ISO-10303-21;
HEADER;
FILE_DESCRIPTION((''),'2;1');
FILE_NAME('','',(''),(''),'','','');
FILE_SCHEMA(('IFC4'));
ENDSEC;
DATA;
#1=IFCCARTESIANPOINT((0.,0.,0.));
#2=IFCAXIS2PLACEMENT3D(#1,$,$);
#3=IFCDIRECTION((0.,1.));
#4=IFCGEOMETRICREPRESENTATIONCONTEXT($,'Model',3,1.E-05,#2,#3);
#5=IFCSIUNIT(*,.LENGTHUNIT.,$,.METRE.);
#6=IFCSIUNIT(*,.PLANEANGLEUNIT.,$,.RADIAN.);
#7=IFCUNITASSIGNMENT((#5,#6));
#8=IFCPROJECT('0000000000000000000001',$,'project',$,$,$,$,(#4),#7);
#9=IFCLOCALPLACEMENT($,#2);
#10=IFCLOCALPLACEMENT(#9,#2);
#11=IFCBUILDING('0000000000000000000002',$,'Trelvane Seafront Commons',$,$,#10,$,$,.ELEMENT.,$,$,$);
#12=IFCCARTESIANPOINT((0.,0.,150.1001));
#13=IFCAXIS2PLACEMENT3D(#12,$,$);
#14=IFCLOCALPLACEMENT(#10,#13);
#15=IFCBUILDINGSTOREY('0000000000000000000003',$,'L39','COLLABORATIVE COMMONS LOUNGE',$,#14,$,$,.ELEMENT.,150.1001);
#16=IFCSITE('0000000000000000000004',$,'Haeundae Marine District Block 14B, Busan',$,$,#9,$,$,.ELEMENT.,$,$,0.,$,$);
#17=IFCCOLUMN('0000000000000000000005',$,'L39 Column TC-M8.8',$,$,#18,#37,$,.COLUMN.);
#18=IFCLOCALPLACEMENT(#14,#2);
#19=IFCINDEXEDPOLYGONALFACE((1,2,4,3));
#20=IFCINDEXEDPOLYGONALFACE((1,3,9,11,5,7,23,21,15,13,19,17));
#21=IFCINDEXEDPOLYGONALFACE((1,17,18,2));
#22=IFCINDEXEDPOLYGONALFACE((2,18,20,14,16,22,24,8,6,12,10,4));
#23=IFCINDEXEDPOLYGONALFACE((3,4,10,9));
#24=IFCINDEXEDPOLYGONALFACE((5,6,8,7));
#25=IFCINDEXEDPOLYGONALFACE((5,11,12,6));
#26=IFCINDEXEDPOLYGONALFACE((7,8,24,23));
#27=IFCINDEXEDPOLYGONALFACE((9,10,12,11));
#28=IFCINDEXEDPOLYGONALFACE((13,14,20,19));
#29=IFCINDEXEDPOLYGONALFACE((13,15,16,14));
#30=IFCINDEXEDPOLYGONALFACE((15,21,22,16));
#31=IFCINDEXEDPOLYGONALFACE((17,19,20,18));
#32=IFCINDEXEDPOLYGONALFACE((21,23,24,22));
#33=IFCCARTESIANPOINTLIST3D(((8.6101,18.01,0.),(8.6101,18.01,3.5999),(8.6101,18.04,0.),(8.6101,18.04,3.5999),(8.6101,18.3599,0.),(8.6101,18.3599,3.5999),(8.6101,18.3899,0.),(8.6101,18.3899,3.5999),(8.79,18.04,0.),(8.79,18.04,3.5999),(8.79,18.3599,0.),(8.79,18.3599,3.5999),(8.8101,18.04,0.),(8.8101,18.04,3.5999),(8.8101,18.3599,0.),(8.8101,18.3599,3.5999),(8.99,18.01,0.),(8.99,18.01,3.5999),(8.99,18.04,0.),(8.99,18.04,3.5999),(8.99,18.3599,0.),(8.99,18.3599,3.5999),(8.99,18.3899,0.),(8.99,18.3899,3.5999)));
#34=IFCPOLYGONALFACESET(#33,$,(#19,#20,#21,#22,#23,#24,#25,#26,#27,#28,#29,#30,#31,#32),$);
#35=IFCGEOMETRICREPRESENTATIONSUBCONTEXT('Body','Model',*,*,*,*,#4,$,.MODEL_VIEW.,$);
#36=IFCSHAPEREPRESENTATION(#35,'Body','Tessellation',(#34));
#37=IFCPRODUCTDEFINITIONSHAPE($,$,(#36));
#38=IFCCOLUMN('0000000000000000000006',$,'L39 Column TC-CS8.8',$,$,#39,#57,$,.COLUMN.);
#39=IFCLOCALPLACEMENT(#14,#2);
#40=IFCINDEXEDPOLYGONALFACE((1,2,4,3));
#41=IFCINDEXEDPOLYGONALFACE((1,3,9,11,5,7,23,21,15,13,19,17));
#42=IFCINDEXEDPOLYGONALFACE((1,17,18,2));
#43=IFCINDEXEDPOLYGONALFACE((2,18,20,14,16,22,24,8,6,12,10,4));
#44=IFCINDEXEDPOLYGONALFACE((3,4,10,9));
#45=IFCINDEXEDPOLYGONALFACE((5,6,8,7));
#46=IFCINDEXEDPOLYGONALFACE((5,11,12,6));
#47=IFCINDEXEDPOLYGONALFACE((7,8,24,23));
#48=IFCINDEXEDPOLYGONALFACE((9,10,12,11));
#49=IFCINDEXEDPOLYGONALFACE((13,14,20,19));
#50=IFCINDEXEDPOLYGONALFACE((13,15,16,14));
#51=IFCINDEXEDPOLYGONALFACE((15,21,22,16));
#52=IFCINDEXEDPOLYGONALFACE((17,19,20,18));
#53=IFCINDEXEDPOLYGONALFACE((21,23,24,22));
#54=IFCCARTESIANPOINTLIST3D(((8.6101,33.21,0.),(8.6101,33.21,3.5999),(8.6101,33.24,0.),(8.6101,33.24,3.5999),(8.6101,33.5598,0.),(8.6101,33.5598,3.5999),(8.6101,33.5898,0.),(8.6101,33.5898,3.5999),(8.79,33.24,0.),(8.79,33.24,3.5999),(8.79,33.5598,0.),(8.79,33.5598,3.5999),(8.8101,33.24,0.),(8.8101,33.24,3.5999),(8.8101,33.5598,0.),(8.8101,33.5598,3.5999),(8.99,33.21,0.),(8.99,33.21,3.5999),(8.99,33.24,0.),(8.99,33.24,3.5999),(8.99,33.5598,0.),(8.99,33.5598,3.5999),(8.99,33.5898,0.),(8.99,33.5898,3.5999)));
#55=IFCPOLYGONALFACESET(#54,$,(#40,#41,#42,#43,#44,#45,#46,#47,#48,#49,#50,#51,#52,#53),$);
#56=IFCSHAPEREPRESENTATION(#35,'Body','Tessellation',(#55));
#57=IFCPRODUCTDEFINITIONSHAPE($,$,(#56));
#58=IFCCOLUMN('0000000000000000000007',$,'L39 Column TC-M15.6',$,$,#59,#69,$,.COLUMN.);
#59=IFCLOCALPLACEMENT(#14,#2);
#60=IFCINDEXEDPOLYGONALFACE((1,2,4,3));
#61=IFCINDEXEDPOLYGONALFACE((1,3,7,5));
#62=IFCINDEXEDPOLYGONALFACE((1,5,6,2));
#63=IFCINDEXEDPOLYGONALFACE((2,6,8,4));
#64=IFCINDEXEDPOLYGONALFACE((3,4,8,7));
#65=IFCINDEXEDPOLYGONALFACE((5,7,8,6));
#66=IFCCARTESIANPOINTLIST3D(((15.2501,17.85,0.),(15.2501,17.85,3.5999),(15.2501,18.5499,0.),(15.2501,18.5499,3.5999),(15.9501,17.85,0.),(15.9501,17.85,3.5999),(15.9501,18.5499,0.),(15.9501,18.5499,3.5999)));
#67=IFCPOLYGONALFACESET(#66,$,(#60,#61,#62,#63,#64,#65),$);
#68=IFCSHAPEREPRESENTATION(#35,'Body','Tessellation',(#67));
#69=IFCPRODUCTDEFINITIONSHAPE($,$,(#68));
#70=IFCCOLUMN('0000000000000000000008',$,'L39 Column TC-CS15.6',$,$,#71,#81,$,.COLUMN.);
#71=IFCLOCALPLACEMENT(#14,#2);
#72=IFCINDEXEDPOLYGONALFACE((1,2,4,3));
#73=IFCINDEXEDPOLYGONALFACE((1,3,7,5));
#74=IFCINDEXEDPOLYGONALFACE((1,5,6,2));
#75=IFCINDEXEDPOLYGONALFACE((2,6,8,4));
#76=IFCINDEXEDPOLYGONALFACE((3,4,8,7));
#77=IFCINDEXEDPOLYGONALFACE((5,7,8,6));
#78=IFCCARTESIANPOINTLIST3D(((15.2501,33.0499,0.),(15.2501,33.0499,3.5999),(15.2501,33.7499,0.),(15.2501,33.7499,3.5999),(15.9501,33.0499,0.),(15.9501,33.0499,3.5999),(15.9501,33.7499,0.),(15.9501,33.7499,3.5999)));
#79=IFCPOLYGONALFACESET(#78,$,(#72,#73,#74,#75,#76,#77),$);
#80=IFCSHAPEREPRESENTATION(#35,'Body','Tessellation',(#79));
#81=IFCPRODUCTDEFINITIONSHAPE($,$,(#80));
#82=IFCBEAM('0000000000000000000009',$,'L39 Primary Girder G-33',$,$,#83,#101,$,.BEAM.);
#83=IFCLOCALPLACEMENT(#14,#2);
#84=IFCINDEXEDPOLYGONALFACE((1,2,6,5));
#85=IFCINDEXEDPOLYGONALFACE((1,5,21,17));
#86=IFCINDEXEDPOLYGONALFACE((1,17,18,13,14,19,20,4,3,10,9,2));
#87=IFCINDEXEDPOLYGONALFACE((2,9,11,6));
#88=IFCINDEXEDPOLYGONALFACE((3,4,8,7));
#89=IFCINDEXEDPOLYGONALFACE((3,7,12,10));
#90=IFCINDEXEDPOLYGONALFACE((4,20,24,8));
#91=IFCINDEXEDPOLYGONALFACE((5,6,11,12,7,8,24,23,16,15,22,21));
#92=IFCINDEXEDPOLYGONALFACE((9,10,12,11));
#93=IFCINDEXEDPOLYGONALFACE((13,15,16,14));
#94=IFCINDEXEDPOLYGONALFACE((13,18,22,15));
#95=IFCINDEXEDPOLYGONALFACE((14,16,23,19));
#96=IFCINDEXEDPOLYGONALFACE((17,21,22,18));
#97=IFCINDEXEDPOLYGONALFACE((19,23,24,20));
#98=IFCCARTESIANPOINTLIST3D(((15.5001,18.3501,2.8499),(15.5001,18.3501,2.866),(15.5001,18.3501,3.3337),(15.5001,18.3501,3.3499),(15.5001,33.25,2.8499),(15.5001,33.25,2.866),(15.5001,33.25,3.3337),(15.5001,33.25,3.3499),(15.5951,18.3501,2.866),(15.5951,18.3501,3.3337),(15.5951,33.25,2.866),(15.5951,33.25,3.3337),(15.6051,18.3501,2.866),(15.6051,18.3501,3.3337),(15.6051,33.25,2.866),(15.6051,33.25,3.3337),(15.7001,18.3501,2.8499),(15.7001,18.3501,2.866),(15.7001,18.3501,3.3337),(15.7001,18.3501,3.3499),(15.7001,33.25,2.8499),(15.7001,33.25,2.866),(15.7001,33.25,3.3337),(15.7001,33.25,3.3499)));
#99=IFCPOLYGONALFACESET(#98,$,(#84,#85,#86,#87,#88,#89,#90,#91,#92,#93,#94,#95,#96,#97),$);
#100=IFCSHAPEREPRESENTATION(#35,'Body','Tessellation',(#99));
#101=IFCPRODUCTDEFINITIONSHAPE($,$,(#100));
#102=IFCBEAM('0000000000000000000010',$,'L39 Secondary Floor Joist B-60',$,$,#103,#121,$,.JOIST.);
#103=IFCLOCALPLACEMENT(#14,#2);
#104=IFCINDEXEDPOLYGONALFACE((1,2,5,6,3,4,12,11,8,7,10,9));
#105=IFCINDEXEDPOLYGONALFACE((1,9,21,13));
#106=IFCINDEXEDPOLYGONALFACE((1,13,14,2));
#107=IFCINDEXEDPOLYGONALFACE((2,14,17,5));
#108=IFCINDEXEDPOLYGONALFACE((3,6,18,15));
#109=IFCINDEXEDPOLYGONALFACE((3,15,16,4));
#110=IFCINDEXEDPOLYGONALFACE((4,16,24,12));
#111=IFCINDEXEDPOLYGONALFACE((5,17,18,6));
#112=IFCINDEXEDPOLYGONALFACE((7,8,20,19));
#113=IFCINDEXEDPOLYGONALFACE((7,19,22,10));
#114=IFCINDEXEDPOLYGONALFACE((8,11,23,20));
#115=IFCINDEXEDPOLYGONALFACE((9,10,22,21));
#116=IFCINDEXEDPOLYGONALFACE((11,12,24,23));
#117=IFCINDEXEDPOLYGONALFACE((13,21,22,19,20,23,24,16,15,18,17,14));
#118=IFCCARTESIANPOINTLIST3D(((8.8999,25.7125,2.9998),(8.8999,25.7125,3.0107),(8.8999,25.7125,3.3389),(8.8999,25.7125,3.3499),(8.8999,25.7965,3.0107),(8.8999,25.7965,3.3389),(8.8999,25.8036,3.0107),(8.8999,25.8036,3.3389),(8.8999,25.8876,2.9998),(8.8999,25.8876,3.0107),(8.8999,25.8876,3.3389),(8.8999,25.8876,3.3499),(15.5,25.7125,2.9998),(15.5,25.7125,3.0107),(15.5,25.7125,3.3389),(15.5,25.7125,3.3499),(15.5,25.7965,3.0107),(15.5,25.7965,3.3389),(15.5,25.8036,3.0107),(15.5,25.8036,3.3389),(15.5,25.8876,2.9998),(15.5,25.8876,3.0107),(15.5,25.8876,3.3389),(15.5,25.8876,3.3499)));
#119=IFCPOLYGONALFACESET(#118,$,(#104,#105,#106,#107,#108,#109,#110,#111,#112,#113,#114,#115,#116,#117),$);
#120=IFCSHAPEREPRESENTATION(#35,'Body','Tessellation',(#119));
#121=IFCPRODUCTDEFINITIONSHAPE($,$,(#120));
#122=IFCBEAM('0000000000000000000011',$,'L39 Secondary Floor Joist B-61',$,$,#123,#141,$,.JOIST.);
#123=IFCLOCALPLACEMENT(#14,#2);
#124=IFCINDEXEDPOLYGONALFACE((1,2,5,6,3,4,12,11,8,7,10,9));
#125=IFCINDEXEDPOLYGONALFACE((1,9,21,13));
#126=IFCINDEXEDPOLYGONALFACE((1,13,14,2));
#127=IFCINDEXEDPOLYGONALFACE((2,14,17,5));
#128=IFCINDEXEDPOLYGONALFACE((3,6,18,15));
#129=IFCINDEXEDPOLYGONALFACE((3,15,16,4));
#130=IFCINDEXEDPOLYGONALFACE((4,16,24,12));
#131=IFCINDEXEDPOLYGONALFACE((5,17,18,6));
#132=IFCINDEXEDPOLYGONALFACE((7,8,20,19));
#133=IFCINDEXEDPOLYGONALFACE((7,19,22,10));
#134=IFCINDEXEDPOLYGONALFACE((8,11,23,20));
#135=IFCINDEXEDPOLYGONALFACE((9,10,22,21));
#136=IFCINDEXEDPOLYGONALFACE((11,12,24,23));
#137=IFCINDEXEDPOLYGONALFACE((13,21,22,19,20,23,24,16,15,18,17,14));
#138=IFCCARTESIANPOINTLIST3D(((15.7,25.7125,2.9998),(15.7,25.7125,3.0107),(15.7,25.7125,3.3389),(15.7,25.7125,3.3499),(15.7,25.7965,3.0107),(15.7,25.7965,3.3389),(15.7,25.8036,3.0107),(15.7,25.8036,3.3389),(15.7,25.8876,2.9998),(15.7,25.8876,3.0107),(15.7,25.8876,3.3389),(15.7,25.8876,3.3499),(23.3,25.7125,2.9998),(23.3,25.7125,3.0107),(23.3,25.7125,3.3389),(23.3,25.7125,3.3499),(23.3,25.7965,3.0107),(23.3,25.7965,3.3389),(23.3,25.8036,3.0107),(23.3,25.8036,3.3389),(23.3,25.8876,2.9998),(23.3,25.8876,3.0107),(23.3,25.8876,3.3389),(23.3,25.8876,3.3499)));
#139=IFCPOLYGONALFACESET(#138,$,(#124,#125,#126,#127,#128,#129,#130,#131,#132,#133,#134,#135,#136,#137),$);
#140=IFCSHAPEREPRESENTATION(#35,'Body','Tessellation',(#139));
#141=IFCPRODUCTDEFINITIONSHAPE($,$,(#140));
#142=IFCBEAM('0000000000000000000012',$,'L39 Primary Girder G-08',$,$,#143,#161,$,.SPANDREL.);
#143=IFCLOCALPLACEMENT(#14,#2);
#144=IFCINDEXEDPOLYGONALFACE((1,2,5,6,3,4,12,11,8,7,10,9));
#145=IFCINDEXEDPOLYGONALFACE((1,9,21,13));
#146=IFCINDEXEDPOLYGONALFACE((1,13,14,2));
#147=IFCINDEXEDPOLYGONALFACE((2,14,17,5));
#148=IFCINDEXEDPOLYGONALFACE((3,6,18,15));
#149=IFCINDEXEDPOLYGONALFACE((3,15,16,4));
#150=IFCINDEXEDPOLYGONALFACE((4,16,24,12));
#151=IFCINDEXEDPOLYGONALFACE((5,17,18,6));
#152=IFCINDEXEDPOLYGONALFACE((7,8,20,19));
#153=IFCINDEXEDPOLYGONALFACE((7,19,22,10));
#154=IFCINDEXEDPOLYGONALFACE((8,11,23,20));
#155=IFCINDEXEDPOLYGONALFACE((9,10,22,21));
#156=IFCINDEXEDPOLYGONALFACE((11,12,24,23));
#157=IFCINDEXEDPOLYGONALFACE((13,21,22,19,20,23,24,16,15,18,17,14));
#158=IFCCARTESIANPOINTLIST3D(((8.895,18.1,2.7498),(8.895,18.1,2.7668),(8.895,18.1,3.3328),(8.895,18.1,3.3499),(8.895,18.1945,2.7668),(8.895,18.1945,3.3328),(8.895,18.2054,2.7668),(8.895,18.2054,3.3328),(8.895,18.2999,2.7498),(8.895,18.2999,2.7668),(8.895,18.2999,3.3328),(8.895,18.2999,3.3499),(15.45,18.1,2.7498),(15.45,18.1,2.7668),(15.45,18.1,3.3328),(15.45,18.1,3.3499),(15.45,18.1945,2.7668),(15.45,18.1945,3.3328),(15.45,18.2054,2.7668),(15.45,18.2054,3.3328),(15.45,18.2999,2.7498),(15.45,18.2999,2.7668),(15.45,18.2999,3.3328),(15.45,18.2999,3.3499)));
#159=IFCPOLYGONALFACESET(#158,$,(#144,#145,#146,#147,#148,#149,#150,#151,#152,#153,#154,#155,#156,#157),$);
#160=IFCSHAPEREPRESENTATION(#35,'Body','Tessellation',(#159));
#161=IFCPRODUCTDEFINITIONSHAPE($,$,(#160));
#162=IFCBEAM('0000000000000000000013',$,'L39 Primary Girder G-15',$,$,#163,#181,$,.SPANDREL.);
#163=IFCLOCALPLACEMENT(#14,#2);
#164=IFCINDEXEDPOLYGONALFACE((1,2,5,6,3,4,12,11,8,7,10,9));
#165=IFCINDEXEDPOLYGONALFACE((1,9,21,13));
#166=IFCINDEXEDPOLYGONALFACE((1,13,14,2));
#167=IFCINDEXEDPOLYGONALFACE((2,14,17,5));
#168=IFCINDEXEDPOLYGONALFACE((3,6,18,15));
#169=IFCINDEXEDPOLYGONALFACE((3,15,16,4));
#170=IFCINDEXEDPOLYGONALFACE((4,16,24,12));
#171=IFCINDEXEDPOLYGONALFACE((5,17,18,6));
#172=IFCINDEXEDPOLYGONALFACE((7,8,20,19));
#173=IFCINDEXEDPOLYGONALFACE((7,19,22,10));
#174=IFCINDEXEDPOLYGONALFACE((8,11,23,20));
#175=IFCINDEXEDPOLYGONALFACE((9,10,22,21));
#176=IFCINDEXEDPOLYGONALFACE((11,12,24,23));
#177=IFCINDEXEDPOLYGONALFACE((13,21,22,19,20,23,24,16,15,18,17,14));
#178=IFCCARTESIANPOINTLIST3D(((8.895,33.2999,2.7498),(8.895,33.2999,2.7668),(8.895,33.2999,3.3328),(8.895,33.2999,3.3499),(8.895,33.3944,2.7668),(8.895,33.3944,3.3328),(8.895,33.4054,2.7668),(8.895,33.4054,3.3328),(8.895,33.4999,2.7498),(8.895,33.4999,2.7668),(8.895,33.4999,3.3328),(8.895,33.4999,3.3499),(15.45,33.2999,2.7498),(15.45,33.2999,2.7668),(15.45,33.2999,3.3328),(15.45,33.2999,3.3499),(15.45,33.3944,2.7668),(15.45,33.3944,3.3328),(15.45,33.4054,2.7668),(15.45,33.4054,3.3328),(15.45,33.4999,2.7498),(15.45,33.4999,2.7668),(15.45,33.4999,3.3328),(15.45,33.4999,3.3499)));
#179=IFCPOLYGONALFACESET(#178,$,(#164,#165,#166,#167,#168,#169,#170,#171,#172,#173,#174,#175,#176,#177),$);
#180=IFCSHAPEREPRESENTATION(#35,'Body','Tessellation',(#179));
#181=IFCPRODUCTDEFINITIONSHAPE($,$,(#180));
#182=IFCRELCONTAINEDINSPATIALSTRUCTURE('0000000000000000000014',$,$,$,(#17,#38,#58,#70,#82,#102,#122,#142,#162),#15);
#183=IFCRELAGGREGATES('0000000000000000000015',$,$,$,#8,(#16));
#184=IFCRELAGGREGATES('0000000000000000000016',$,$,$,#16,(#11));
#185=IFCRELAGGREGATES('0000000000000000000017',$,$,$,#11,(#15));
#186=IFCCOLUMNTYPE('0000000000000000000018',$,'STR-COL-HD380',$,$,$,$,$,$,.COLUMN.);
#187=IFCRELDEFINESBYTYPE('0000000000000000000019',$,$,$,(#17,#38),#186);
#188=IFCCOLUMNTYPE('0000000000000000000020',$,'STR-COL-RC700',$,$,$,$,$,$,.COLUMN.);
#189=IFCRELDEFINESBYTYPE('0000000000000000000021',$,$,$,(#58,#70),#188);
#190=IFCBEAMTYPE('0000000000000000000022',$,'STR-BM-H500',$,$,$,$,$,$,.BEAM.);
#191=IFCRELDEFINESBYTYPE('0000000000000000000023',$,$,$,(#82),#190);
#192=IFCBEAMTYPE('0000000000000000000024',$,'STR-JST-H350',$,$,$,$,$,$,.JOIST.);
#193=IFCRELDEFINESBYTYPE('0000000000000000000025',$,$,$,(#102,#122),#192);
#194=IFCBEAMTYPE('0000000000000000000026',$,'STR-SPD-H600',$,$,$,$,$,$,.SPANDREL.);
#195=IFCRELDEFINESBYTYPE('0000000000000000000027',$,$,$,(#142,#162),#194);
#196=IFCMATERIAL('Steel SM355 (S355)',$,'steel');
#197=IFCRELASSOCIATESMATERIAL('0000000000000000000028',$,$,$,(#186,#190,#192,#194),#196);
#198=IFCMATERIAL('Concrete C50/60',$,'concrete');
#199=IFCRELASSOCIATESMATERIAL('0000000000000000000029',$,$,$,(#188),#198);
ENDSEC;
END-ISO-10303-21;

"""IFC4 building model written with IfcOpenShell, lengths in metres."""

from ifc_helpers import new_model, si_unit, direction, frame, origin, origin_2d, place, context, subcontext, project, spatial, rectangle, i_section, extrude, source, transform, mapped, material, material_profile, profile_set, type_object, element, save


model = new_model("IFC4")

# Units and contexts
model_context = context("Model", 3, precision=1e-05, world=origin(), true_north=direction((0.0, 1.0)))
body_context = subcontext(model_context, "Body", "Model", "MODEL_VIEW")
ifc_project = project(units=[si_unit("LENGTHUNIT", "METRE"), si_unit("PLANEANGLEUNIT", "RADIAN")], contexts=[model_context])

# Site, building, storey
site_placement = place(None, origin())
site = spatial("IfcSite", under=ifc_project, at=site_placement, Name="Haeundae Marine District Block 14B, Busan", CompositionType="ELEMENT", RefElevation=0.0)
building_placement = place(site_placement, origin())
building = spatial("IfcBuilding", under=site, at=building_placement, Name="Trelvane Seafront Commons", CompositionType="ELEMENT")
storey_placement = place(building_placement, frame((0.0, 0.0, 150.1001)))
storey = spatial("IfcBuildingStorey", under=building, at=storey_placement, Name="L39", Description="COLLABORATIVE COMMONS LOUNGE", CompositionType="ELEMENT", Elevation=150.1001)

# Columns
ifc_material_1 = material(Name="Steel SM355 (S355)", Category="steel")
ifc_material_profile_1 = material_profile(ifc_material_1, i_section(OverallWidth=0.3799, OverallDepth=0.3799, WebThickness=0.02, FlangeThickness=0.03, at=origin_2d()), Name="HD-380x380x20x30")
ifc_profile_set_1 = profile_set([ifc_material_profile_1], Name="Steel SM355 (S355)")
column_type_1 = type_object("IfcColumnType", Name="STR-COL-HD380", PredefinedType="COLUMN", material=ifc_profile_set_1)
shared_shape_1 = source(origin(), body_context, "Body", "SweptSolid", [
    extrude(i_section(OverallWidth=0.3799, OverallDepth=0.3799, WebThickness=0.02, FlangeThickness=0.03, at=origin_2d()), origin(), (0.0, 0.0, 1.0), 3.5999),
])
for number, where, z_axis, x_axis, name in (
    (1, (8.8, 18.2, 0.0), (0.0, 0.0, 1.0), (1.0, 0.0, 0.0), "L39 Column TC-M8.8"),
    (2, (8.8, 33.3999, 0.0), (0.0, 0.0, 1.0), (1.0, 0.0, 0.0), "L39 Column TC-CS8.8"),
):
    element("IfcColumn", number, at=place(storey_placement, frame(where, z_axis=z_axis, x_axis=x_axis)), inside=storey, type_object=column_type_1, Name=name, PredefinedType="COLUMN", context=body_context, shape_type="MappedRepresentation", body=[
        mapped(shared_shape_1, transform((0.0, 0.0, 0.0), x_axis=(1.0, 0.0, 0.0), y_axis=(0.0, 1.0, 0.0), z_axis=(0.0, 0.0, 1.0), scale=1.0)),
    ])
ifc_material_2 = material(Name="Concrete C50/60", Category="concrete")
ifc_material_profile_2 = material_profile(ifc_material_2, rectangle(XDim=0.7, YDim=0.7, at=origin_2d()), Name="RC-700x700")
ifc_profile_set_2 = profile_set([ifc_material_profile_2], Name="Concrete C50/60")
column_type_2 = type_object("IfcColumnType", Name="STR-COL-RC700", PredefinedType="COLUMN", material=ifc_profile_set_2)
shared_shape_2 = source(origin(), body_context, "Body", "SweptSolid", [
    extrude(rectangle(XDim=0.7, YDim=0.7, at=origin_2d()), origin(), (0.0, 0.0, 1.0), 3.5999),
])
for number, where, z_axis, x_axis, name in (
    (3, (15.6001, 18.2, 0.0), (0.0, 0.0, 1.0), (1.0, 0.0, 0.0), "L39 Column TC-M15.6"),
    (4, (15.6001, 33.3999, 0.0), (0.0, 0.0, 1.0), (1.0, 0.0, 0.0), "L39 Column TC-CS15.6"),
):
    element("IfcColumn", number, at=place(storey_placement, frame(where, z_axis=z_axis, x_axis=x_axis)), inside=storey, type_object=column_type_2, Name=name, PredefinedType="COLUMN", context=body_context, shape_type="MappedRepresentation", body=[
        mapped(shared_shape_2, transform((0.0, 0.0, 0.0), x_axis=(1.0, 0.0, 0.0), y_axis=(0.0, 1.0, 0.0), z_axis=(0.0, 0.0, 1.0), scale=1.0)),
    ])

# Beams
ifc_material_profile_3 = material_profile(ifc_material_1, i_section(OverallWidth=0.2, OverallDepth=0.5, WebThickness=0.01, FlangeThickness=0.0161, at=origin_2d()), Name="H-500x200x10x16")
ifc_profile_set_3 = profile_set([ifc_material_profile_3], Name="Steel SM355 (S355)")
beam_type_1 = type_object("IfcBeamType", Name="STR-BM-H500", PredefinedType="BEAM", material=ifc_profile_set_3)
shared_shape_3 = source(origin(), body_context, "Body", "SweptSolid", [
    extrude(i_section(OverallWidth=0.2, OverallDepth=0.5, WebThickness=0.01, FlangeThickness=0.0161, at=origin_2d()), origin(), (0.0, 0.0, 1.0), 14.8999),
])
beam_1_placement = place(storey_placement, frame((15.6001, 18.3501, 3.0999), z_axis=(0.0, 1.0, 0.0), x_axis=(-1.0, 0.0, 0.0)))
element("IfcBeam", 5, at=beam_1_placement, inside=storey, type_object=beam_type_1, Name="L39 Primary Girder G-33", PredefinedType="BEAM", context=body_context, shape_type="MappedRepresentation", body=[
    mapped(shared_shape_3, transform((0.0, 0.0, 0.0), x_axis=(1.0, 0.0, 0.0), y_axis=(0.0, 1.0, 0.0), z_axis=(0.0, 0.0, 1.0), scale=1.0)),
])
ifc_material_profile_4 = material_profile(ifc_material_1, i_section(OverallWidth=0.175, OverallDepth=0.3501, WebThickness=0.0071, FlangeThickness=0.011, at=origin_2d()), Name="H-350x175x7x11")
ifc_profile_set_4 = profile_set([ifc_material_profile_4], Name="Steel SM355 (S355)")
beam_type_2 = type_object("IfcBeamType", Name="STR-JST-H350", PredefinedType="JOIST", material=ifc_profile_set_4)
shared_shape_4 = source(origin(), body_context, "Body", "SweptSolid", [
    extrude(i_section(OverallWidth=0.175, OverallDepth=0.3501, WebThickness=0.0071, FlangeThickness=0.011, at=origin_2d()), origin(), (0.0, 0.0, 1.0), 6.6001),
])
beam_2_placement = place(storey_placement, frame((8.8999, 25.8, 3.1748), z_axis=(1.0, 0.0, 0.0), x_axis=(0.0, 1.0, 0.0)))
element("IfcBeam", 6, at=beam_2_placement, inside=storey, type_object=beam_type_2, Name="L39 Secondary Floor Joist B-60", PredefinedType="JOIST", context=body_context, shape_type="MappedRepresentation", body=[
    mapped(shared_shape_4, transform((0.0, 0.0, 0.0), x_axis=(1.0, 0.0, 0.0), y_axis=(0.0, 1.0, 0.0), z_axis=(0.0, 0.0, 1.0), scale=1.0)),
])
shared_shape_5 = source(origin(), body_context, "Body", "SweptSolid", [
    extrude(i_section(OverallWidth=0.175, OverallDepth=0.3501, WebThickness=0.0071, FlangeThickness=0.011, at=origin_2d()), origin(), (0.0, 0.0, 1.0), 7.6001),
])
beam_3_placement = place(storey_placement, frame((15.7, 25.8, 3.1748), z_axis=(1.0, 0.0, 0.0), x_axis=(0.0, 1.0, 0.0)))
element("IfcBeam", 7, at=beam_3_placement, inside=storey, type_object=beam_type_2, Name="L39 Secondary Floor Joist B-61", PredefinedType="JOIST", context=body_context, shape_type="MappedRepresentation", body=[
    mapped(shared_shape_5, transform((0.0, 0.0, 0.0), x_axis=(1.0, 0.0, 0.0), y_axis=(0.0, 1.0, 0.0), z_axis=(0.0, 0.0, 1.0), scale=1.0)),
])
ifc_material_profile_5 = material_profile(ifc_material_1, i_section(OverallWidth=0.2, OverallDepth=0.6001, WebThickness=0.011, FlangeThickness=0.0171, at=origin_2d()), Name="H-600x200x11x17")
ifc_profile_set_5 = profile_set([ifc_material_profile_5], Name="Steel SM355 (S355)")
beam_type_3 = type_object("IfcBeamType", Name="STR-SPD-H600", PredefinedType="SPANDREL", material=ifc_profile_set_5)
shared_shape_6 = source(origin(), body_context, "Body", "SweptSolid", [
    extrude(i_section(OverallWidth=0.2, OverallDepth=0.6001, WebThickness=0.011, FlangeThickness=0.0171, at=origin_2d()), origin(), (0.0, 0.0, 1.0), 6.5549),
])
for number, where, z_axis, x_axis, name in (
    (8, (8.895, 18.2, 3.0498), (1.0, 0.0, 0.0), (0.0, 1.0, 0.0), "L39 Primary Girder G-08"),
    (9, (8.895, 33.3999, 3.0498), (1.0, 0.0, 0.0), (0.0, 1.0, 0.0), "L39 Primary Girder G-15"),
):
    element("IfcBeam", number, at=place(storey_placement, frame(where, z_axis=z_axis, x_axis=x_axis)), inside=storey, type_object=beam_type_3, Name=name, PredefinedType="SPANDREL", context=body_context, shape_type="MappedRepresentation", body=[
        mapped(shared_shape_6, transform((0.0, 0.0, 0.0), x_axis=(1.0, 0.0, 0.0), y_axis=(0.0, 1.0, 0.0), z_axis=(0.0, 0.0, 1.0), scale=1.0)),
    ])

save(model, "model.ifc")
